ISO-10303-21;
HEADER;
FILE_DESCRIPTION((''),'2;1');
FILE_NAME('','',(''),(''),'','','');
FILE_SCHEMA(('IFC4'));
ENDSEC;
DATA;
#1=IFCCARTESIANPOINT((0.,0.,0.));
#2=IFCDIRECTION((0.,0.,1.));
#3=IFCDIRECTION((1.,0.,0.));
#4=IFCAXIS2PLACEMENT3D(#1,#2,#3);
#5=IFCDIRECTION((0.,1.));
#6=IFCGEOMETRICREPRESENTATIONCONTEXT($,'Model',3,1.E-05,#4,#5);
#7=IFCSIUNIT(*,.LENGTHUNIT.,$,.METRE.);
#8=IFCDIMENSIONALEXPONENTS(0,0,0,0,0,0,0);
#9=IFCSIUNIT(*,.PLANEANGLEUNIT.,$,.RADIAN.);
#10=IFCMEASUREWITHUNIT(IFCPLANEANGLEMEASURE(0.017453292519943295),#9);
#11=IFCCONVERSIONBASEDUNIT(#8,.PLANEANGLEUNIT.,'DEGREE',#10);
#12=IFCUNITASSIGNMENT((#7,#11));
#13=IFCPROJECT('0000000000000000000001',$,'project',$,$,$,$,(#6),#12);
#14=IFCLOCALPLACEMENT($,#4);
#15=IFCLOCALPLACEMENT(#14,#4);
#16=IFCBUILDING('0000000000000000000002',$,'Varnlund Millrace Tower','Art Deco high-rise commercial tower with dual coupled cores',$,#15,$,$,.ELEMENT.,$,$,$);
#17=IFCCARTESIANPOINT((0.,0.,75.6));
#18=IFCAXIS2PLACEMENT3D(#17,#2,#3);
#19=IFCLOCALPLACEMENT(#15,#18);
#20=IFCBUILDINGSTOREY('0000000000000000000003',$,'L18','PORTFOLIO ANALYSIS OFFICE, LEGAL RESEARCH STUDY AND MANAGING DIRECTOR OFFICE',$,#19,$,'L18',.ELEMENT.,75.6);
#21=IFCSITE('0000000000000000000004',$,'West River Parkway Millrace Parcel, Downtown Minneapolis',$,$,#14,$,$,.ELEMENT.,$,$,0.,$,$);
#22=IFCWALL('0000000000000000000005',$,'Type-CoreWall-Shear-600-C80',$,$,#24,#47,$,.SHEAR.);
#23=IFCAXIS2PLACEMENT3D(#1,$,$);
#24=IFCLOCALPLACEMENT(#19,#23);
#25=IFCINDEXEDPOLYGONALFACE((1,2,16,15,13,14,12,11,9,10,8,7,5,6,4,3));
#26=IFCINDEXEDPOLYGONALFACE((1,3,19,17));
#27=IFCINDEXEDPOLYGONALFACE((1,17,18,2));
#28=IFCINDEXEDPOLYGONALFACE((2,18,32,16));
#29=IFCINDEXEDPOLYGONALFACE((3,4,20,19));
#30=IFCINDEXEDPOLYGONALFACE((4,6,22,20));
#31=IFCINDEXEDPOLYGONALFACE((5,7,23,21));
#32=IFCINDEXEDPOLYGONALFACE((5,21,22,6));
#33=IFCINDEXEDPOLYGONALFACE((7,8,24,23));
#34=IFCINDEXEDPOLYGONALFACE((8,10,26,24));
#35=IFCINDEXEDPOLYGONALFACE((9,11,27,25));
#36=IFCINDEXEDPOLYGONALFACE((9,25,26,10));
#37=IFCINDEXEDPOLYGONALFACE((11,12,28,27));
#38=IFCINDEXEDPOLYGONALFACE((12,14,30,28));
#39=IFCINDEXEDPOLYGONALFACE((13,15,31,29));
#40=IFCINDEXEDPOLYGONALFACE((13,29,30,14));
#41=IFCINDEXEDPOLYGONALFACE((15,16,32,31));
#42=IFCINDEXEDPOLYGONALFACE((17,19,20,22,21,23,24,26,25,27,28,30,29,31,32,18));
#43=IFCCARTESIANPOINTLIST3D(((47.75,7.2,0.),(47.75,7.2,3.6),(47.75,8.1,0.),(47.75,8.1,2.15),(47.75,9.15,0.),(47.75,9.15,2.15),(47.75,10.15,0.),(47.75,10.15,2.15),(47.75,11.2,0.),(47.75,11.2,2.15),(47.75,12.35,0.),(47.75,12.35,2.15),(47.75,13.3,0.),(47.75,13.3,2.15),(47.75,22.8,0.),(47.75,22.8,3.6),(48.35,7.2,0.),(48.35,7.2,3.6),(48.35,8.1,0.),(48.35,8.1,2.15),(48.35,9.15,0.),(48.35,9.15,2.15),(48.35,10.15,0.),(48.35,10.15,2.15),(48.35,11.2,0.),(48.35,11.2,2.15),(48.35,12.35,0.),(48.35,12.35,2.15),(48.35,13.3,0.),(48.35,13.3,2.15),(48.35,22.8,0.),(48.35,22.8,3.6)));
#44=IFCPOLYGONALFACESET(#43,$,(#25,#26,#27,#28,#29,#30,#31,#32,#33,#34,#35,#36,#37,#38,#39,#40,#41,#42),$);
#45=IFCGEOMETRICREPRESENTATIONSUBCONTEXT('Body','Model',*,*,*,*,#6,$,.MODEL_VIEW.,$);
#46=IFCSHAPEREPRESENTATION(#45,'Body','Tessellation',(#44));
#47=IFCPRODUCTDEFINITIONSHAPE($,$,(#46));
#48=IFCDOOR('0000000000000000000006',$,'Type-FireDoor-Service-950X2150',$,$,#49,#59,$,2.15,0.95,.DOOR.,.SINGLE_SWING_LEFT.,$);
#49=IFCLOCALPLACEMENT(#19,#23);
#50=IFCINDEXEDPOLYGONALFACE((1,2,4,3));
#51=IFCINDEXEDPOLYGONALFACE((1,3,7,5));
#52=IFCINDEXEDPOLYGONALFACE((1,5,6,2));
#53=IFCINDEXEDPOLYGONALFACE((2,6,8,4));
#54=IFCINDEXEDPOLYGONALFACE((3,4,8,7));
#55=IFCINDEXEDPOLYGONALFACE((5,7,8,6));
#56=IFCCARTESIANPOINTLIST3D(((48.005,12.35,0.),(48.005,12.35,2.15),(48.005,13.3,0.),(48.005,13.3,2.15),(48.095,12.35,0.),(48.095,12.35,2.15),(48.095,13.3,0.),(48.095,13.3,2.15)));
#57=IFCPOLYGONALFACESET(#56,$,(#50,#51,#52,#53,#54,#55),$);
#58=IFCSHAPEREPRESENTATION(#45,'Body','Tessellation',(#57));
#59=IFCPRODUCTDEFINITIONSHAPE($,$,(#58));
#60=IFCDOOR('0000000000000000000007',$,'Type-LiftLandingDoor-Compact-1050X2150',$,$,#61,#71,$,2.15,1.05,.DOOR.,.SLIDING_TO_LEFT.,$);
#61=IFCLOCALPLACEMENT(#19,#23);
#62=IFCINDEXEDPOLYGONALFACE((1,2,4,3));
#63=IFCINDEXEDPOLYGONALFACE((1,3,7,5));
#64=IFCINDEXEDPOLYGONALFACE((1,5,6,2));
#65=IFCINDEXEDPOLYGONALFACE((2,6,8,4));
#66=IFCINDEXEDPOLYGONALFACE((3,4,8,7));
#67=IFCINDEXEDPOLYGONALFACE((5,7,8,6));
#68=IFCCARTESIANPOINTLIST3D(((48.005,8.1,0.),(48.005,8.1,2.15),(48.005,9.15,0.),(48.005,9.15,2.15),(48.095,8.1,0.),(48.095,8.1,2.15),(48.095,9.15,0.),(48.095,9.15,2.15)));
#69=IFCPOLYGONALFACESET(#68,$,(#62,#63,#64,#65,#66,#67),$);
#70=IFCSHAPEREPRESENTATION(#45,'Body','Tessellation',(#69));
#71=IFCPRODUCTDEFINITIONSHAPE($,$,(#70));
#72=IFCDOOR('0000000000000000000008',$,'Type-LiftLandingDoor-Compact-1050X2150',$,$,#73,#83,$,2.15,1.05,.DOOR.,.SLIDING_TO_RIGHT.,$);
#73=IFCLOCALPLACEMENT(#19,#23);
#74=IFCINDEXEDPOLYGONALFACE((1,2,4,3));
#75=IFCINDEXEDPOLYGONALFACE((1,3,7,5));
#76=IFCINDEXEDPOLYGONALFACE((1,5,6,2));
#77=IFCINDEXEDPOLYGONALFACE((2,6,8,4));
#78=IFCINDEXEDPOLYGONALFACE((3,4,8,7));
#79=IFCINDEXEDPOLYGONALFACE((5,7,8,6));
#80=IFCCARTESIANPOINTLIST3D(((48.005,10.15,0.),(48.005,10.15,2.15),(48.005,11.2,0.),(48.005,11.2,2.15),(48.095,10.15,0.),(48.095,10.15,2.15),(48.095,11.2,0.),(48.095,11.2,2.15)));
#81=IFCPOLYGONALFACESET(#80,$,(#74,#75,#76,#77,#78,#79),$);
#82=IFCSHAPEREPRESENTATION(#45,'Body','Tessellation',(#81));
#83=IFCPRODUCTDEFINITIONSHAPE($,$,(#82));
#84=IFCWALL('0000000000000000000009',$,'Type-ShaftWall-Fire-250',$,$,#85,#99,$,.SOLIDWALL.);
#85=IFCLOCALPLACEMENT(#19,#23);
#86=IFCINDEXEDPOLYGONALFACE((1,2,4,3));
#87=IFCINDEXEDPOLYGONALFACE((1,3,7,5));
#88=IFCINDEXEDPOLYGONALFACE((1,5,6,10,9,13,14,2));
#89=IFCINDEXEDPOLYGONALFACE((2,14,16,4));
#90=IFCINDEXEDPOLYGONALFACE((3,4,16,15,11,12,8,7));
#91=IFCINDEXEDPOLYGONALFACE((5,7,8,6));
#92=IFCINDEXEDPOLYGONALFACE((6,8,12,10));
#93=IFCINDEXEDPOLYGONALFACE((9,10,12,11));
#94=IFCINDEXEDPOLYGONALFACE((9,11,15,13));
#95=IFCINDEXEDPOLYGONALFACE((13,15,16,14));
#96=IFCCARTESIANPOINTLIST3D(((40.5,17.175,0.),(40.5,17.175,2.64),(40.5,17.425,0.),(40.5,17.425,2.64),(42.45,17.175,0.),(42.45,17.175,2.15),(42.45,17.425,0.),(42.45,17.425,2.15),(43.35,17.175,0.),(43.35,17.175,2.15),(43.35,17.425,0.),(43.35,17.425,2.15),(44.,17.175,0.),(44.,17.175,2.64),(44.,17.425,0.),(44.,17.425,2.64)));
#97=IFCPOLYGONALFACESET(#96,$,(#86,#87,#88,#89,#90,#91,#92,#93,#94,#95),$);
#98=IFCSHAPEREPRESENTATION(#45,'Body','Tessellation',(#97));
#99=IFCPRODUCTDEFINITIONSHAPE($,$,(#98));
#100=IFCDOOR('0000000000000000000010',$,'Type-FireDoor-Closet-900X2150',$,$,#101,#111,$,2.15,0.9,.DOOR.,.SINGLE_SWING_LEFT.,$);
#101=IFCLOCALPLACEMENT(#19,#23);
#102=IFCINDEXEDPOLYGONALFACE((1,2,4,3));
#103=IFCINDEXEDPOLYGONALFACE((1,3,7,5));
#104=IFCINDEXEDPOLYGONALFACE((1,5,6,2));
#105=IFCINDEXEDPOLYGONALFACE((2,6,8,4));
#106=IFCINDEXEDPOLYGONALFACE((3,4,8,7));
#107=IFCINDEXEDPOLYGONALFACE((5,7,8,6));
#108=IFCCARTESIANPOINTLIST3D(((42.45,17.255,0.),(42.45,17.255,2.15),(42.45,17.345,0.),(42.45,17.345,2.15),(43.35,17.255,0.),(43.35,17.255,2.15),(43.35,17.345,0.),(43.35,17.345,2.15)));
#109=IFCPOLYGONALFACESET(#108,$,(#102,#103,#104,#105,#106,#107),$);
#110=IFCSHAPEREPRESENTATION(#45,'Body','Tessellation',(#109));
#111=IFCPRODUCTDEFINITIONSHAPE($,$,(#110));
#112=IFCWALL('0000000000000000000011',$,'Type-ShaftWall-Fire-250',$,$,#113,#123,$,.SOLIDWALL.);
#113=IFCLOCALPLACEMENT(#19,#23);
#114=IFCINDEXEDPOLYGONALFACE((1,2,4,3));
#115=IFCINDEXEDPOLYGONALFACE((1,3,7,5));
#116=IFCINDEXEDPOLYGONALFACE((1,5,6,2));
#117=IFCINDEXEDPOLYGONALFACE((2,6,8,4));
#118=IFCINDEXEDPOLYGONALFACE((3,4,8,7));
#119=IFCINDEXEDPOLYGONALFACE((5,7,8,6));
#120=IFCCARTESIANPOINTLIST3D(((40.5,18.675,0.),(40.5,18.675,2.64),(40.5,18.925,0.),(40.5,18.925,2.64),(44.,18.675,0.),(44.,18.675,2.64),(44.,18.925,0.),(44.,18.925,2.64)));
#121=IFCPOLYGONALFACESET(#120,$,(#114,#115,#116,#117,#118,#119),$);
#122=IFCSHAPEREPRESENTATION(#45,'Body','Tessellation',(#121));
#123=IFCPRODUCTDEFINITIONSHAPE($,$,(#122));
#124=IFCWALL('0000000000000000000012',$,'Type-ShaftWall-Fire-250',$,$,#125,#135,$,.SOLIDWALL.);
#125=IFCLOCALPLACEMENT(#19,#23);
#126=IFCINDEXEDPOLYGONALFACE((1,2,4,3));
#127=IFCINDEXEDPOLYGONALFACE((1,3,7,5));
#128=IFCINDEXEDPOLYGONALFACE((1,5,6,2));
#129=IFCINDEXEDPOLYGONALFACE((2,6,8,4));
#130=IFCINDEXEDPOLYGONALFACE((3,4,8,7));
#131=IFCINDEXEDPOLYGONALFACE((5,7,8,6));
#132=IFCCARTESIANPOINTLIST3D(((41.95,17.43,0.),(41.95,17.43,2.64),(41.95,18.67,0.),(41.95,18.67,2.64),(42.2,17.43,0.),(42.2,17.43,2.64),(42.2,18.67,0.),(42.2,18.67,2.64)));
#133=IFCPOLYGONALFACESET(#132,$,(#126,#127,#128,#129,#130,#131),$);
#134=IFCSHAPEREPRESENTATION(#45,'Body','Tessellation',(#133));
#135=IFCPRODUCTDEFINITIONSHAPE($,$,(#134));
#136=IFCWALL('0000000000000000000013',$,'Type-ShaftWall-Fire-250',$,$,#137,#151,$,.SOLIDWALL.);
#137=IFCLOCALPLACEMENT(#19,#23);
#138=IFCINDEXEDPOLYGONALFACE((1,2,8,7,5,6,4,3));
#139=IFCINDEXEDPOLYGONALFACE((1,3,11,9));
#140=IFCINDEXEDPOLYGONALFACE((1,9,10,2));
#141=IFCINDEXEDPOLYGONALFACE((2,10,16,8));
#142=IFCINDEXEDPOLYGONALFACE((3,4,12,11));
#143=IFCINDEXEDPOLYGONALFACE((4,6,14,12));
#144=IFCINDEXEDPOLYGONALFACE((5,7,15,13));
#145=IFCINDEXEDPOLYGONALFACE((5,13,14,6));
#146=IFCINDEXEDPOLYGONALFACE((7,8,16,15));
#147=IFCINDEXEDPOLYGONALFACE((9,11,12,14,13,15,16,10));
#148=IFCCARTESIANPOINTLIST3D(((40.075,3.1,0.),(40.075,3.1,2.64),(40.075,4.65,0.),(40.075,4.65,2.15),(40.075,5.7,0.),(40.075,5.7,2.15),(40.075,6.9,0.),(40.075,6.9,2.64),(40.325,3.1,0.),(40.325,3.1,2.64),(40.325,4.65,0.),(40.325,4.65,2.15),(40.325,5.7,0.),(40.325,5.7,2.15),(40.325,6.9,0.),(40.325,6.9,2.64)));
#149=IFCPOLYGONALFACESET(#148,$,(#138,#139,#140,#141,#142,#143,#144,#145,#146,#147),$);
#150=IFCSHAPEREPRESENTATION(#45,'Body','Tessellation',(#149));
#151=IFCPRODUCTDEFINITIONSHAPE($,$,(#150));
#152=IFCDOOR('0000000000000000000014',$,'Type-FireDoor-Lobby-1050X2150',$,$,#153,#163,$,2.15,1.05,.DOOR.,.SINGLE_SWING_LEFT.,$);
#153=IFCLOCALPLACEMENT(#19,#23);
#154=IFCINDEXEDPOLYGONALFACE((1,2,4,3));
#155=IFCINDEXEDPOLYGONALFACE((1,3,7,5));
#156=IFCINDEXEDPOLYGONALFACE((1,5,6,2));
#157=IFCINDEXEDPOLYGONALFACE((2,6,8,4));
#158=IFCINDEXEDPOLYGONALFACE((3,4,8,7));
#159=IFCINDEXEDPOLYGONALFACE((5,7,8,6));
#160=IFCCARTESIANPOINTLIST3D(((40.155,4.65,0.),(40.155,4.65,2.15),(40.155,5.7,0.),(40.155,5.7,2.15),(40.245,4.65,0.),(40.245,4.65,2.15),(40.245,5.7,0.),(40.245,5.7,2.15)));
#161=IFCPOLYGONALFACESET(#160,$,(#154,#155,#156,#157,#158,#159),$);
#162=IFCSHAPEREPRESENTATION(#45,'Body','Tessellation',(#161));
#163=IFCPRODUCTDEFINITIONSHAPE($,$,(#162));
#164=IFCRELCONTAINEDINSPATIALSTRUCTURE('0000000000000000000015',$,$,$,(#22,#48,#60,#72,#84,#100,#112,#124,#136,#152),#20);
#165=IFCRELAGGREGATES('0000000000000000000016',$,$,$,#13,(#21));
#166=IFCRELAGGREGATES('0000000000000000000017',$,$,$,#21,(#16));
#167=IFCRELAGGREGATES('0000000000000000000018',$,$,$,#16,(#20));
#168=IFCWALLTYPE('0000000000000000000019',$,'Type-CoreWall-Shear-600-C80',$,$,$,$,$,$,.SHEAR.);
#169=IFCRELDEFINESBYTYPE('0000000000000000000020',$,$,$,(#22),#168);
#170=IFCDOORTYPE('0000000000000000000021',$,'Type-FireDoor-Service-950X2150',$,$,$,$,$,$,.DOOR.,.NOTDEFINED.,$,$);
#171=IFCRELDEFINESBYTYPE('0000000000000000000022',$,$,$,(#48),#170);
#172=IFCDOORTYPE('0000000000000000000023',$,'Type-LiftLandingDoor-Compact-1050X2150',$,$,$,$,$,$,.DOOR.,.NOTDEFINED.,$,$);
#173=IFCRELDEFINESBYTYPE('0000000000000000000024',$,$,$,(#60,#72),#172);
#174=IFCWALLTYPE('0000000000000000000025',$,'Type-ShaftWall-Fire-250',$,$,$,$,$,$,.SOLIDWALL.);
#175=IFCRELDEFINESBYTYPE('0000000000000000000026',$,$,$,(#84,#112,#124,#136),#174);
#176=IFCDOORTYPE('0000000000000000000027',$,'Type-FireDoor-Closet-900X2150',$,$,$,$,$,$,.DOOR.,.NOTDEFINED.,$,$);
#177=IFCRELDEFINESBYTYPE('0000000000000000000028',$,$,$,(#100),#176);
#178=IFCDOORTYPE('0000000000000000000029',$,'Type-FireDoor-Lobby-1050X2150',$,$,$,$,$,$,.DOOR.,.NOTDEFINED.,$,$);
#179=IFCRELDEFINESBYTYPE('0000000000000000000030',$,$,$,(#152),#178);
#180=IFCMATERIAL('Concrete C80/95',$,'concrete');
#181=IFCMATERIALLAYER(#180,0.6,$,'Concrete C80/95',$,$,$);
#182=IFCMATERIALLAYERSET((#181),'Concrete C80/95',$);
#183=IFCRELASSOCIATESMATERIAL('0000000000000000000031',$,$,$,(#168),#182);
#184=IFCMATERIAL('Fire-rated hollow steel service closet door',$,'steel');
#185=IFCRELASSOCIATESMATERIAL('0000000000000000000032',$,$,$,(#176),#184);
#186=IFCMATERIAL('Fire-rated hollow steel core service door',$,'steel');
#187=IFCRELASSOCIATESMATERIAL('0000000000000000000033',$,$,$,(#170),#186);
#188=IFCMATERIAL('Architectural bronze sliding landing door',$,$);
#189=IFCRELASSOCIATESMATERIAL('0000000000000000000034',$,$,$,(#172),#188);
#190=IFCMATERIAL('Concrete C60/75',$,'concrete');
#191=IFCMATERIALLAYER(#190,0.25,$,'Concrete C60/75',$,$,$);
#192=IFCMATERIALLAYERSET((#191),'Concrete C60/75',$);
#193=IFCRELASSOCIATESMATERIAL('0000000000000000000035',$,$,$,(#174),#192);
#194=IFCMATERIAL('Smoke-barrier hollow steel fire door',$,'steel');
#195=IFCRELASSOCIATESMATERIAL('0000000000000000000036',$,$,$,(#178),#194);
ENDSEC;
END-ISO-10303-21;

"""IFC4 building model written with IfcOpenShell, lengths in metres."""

from ifc_helpers import new_model, entity, si_unit, converted_unit, direction, frame, origin_with_axes, origin_2d_with_axis, place, context, subcontext, project, spatial, polyline, rectangle, outline, extrude, material, layer, layer_set, type_object, element, fill, save


model = new_model("IFC4")

# Units and contexts
model_context = context("Model", 3, precision=1e-05, world=origin_with_axes(), true_north=direction((0.0, 1.0)))
body_context = subcontext(model_context, "Body", "Model", "MODEL_VIEW")
ifc_project = project(units=[si_unit("LENGTHUNIT", "METRE"), converted_unit("PLANEANGLEUNIT", "DEGREE", entity("IfcPlaneAngleMeasure", 0.017453292519943295), si_unit("PLANEANGLEUNIT", "RADIAN"), dimensions=[0, 0, 0, 0, 0, 0, 0])], contexts=[model_context])

# Site, building, storey
site_placement = place(None, origin_with_axes())
site = spatial("IfcSite", under=ifc_project, at=site_placement, Name="West River Parkway Millrace Parcel, Downtown Minneapolis", CompositionType="ELEMENT", RefElevation=0.0)
building_placement = place(site_placement, origin_with_axes())
building = spatial("IfcBuilding", under=site, at=building_placement, Name="Varnlund Millrace Tower", Description="Art Deco high-rise commercial tower with dual coupled cores", CompositionType="ELEMENT")
storey_placement = place(building_placement, frame((0.0, 0.0, 75.6), z_axis=(0.0, 0.0, 1.0), x_axis=(1.0, 0.0, 0.0)))
storey = spatial("IfcBuildingStorey", under=building, at=storey_placement, Name="L18", Description="PORTFOLIO ANALYSIS OFFICE, LEGAL RESEARCH STUDY AND MANAGING DIRECTOR OFFICE", LongName="L18", CompositionType="ELEMENT", Elevation=75.6)

# Shared definitions
ifc_material_1 = material(Name="Concrete C80/95", Category="concrete")

# Shared definitions
ifc_layer_1 = layer(ifc_material_1, 0.6, Name="Concrete C80/95")
ifc_layer_set_1 = layer_set([ifc_layer_1], Name="Concrete C80/95")
wall_type_1 = type_object("IfcWallType", Name="Type-CoreWall-Shear-600-C80", PredefinedType="SHEAR", material=ifc_layer_set_1)
ifc_material_2 = material(Name="Fire-rated hollow steel service closet door", Category="steel")
door_type_1 = type_object("IfcDoorType", Name="Type-FireDoor-Closet-900X2150", OperationType="NOTDEFINED", PredefinedType="DOOR", material=ifc_material_2)

# Wall, openings, doors
wall_1_placement = place(storey_placement, frame((48.05, 7.2, 0.0), z_axis=(0.0, 0.0, 1.0), x_axis=(0.0, 1.0, 0.0)))
wall_1 = element("IfcWall", 1, at=wall_1_placement, inside=storey, type_object=wall_type_1, Name="Type-CoreWall-Shear-600-C80", PredefinedType="SHEAR", context=body_context, shape_type="SweptSolid", body=[
    extrude(outline(polyline([(0.0, -0.3), (15.6, -0.3), (15.6, 0.3), (0.0, 0.3), (0.0, -0.3)])), origin_with_axes(), (0.0, 0.0, 1.0), 3.6),
])
opening_1_placement = place(wall_1_placement, frame((1.425, 0.0, 0.0), z_axis=(0.0, 0.0, 1.0), x_axis=(1.0, 0.0, 0.0)))
opening_1 = element("IfcOpeningElement", 2, at=opening_1_placement, cuts=wall_1, PredefinedType="OPENING", context=body_context, shape_type="SweptSolid", body=[
    extrude(rectangle(XDim=1.05, YDim=0.62, at=origin_2d_with_axis()), origin_with_axes(), (0.0, 0.0, 1.0), 2.15),
])
opening_2_placement = place(wall_1_placement, frame((3.475, 0.0, 0.0), z_axis=(0.0, 0.0, 1.0), x_axis=(1.0, 0.0, 0.0)))
opening_2 = element("IfcOpeningElement", 3, at=opening_2_placement, cuts=wall_1, PredefinedType="OPENING", context=body_context, shape_type="SweptSolid", body=[
    extrude(rectangle(XDim=1.05, YDim=0.62, at=origin_2d_with_axis()), origin_with_axes(), (0.0, 0.0, 1.0), 2.15),
])
opening_3_placement = place(wall_1_placement, frame((5.625, 0.0, 0.0), z_axis=(0.0, 0.0, 1.0), x_axis=(1.0, 0.0, 0.0)))
opening_3 = element("IfcOpeningElement", 4, at=opening_3_placement, cuts=wall_1, PredefinedType="OPENING", context=body_context, shape_type="SweptSolid", body=[
    extrude(rectangle(XDim=0.95, YDim=0.62, at=origin_2d_with_axis()), origin_with_axes(), (0.0, 0.0, 1.0), 2.15),
])
ifc_material_3 = material(Name="Fire-rated hollow steel core service door", Category="steel")
door_type_2 = type_object("IfcDoorType", Name="Type-FireDoor-Service-950X2150", OperationType="NOTDEFINED", PredefinedType="DOOR", material=ifc_material_3)
door_1_placement = place(wall_1_placement, frame((5.625, 0.0, 0.0), z_axis=(0.0, 0.0, 1.0), x_axis=(1.0, 0.0, 0.0)))
door_1 = element("IfcDoor", 5, at=door_1_placement, inside=storey, type_object=door_type_2, Name="Type-FireDoor-Service-950X2150", OperationType="SINGLE_SWING_LEFT", OverallHeight=2.15, OverallWidth=0.95, PredefinedType="DOOR", context=body_context, shape_type="SweptSolid", body=[
    extrude(rectangle(XDim=0.95, YDim=0.09, at=origin_2d_with_axis()), origin_with_axes(), (0.0, 0.0, 1.0), 2.15),
])
fill(opening_3, door_1)
ifc_material_4 = material(Name="Architectural bronze sliding landing door")
door_type_3 = type_object("IfcDoorType", Name="Type-LiftLandingDoor-Compact-1050X2150", OperationType="NOTDEFINED", PredefinedType="DOOR", material=ifc_material_4)
door_2_placement = place(wall_1_placement, frame((1.425, 0.0, 0.0), z_axis=(0.0, 0.0, 1.0), x_axis=(1.0, 0.0, 0.0)))
door_2 = element("IfcDoor", 6, at=door_2_placement, inside=storey, type_object=door_type_3, Name="Type-LiftLandingDoor-Compact-1050X2150", OperationType="SLIDING_TO_LEFT", OverallHeight=2.15, OverallWidth=1.05, PredefinedType="DOOR", context=body_context, shape_type="SweptSolid", body=[
    extrude(rectangle(XDim=1.05, YDim=0.09, at=origin_2d_with_axis()), origin_with_axes(), (0.0, 0.0, 1.0), 2.15),
])
fill(opening_1, door_2)
door_3_placement = place(wall_1_placement, frame((3.475, 0.0, 0.0), z_axis=(0.0, 0.0, 1.0), x_axis=(1.0, 0.0, 0.0)))
door_3 = element("IfcDoor", 7, at=door_3_placement, inside=storey, type_object=door_type_3, Name="Type-LiftLandingDoor-Compact-1050X2150", OperationType="SLIDING_TO_RIGHT", OverallHeight=2.15, OverallWidth=1.05, PredefinedType="DOOR", context=body_context, shape_type="SweptSolid", body=[
    extrude(rectangle(XDim=1.05, YDim=0.09, at=origin_2d_with_axis()), origin_with_axes(), (0.0, 0.0, 1.0), 2.15),
])
fill(opening_2, door_3)

# Wall, opening, door
ifc_material_5 = material(Name="Concrete C60/75", Category="concrete")
ifc_layer_2 = layer(ifc_material_5, 0.25, Name="Concrete C60/75")
ifc_layer_set_2 = layer_set([ifc_layer_2], Name="Concrete C60/75")
wall_type_2 = type_object("IfcWallType", Name="Type-ShaftWall-Fire-250", PredefinedType="SOLIDWALL", material=ifc_layer_set_2)
wall_2_placement = place(storey_placement, frame((40.5, 17.3, 0.0), z_axis=(0.0, 0.0, 1.0), x_axis=(1.0, 0.0, 0.0)))
wall_2 = element("IfcWall", 8, at=wall_2_placement, inside=storey, type_object=wall_type_2, Name="Type-ShaftWall-Fire-250", PredefinedType="SOLIDWALL", context=body_context, shape_type="SweptSolid", body=[
    extrude(outline(polyline([(0.0, -0.125), (3.5, -0.125), (3.5, 0.125), (0.0, 0.125), (0.0, -0.125)])), origin_with_axes(), (0.0, 0.0, 1.0), 2.64),
])
opening_4_placement = place(wall_2_placement, frame((2.4, 0.0, 0.0), z_axis=(0.0, 0.0, 1.0), x_axis=(1.0, 0.0, 0.0)))
opening_4 = element("IfcOpeningElement", 9, at=opening_4_placement, cuts=wall_2, PredefinedType="OPENING", context=body_context, shape_type="SweptSolid", body=[
    extrude(rectangle(XDim=0.9, YDim=0.27, at=origin_2d_with_axis()), origin_with_axes(), (0.0, 0.0, 1.0), 2.15),
])
door_4_placement = place(wall_2_placement, frame((2.4, 0.0, 0.0), z_axis=(0.0, 0.0, 1.0), x_axis=(1.0, 0.0, 0.0)))
door_4 = element("IfcDoor", 10, at=door_4_placement, inside=storey, type_object=door_type_1, Name="Type-FireDoor-Closet-900X2150", OperationType="SINGLE_SWING_LEFT", OverallHeight=2.15, OverallWidth=0.9, PredefinedType="DOOR", context=body_context, shape_type="SweptSolid", body=[
    extrude(rectangle(XDim=0.9, YDim=0.09, at=origin_2d_with_axis()), origin_with_axes(), (0.0, 0.0, 1.0), 2.15),
])
fill(opening_4, door_4)

# Walls
wall_3_placement = place(storey_placement, frame((40.5, 18.8, 0.0), z_axis=(0.0, 0.0, 1.0), x_axis=(1.0, 0.0, 0.0)))
element("IfcWall", 11, at=wall_3_placement, inside=storey, type_object=wall_type_2, Name="Type-ShaftWall-Fire-250", PredefinedType="SOLIDWALL", context=body_context, shape_type="SweptSolid", body=[
    extrude(outline(polyline([(0.0, -0.125), (3.5, -0.125), (3.5, 0.125), (0.0, 0.125), (0.0, -0.125)])), origin_with_axes(), (0.0, 0.0, 1.0), 2.64),
])
wall_4_placement = place(storey_placement, frame((42.075, 17.43, 0.0), z_axis=(0.0, 0.0, 1.0), x_axis=(0.0, 1.0, 0.0)))
element("IfcWall", 12, at=wall_4_placement, inside=storey, type_object=wall_type_2, Name="Type-ShaftWall-Fire-250", PredefinedType="SOLIDWALL", context=body_context, shape_type="SweptSolid", body=[
    extrude(outline(polyline([(0.0, -0.125), (1.24, -0.125), (1.24, 0.125), (0.0, 0.125), (0.0, -0.125)])), origin_with_axes(), (0.0, 0.0, 1.0), 2.64),
])

# Wall, opening, door
wall_5_placement = place(storey_placement, frame((40.2, 3.1, 0.0), z_axis=(0.0, 0.0, 1.0), x_axis=(0.0, 1.0, 0.0)))
wall_5 = element("IfcWall", 13, at=wall_5_placement, inside=storey, type_object=wall_type_2, Name="Type-ShaftWall-Fire-250", PredefinedType="SOLIDWALL", context=body_context, shape_type="SweptSolid", body=[
    extrude(outline(polyline([(0.0, -0.125), (3.8, -0.125), (3.8, 0.125), (0.0, 0.125), (0.0, -0.125)])), origin_with_axes(), (0.0, 0.0, 1.0), 2.64),
])
opening_5_placement = place(wall_5_placement, frame((2.075, 0.0, 0.0), z_axis=(0.0, 0.0, 1.0), x_axis=(1.0, 0.0, 0.0)))
opening_5 = element("IfcOpeningElement", 14, at=opening_5_placement, cuts=wall_5, PredefinedType="OPENING", context=body_context, shape_type="SweptSolid", body=[
    extrude(rectangle(XDim=1.05, YDim=0.27, at=origin_2d_with_axis()), origin_with_axes(), (0.0, 0.0, 1.0), 2.15),
])
ifc_material_6 = material(Name="Smoke-barrier hollow steel fire door", Category="steel")
door_type_4 = type_object("IfcDoorType", Name="Type-FireDoor-Lobby-1050X2150", OperationType="NOTDEFINED", PredefinedType="DOOR", material=ifc_material_6)
door_5_placement = place(wall_5_placement, frame((2.075, 0.0, 0.0), z_axis=(0.0, 0.0, 1.0), x_axis=(1.0, 0.0, 0.0)))
door_5 = element("IfcDoor", 15, at=door_5_placement, inside=storey, type_object=door_type_4, Name="Type-FireDoor-Lobby-1050X2150", OperationType="SINGLE_SWING_LEFT", OverallHeight=2.15, OverallWidth=1.05, PredefinedType="DOOR", context=body_context, shape_type="SweptSolid", body=[
    extrude(rectangle(XDim=1.05, YDim=0.09, at=origin_2d_with_axis()), origin_with_axes(), (0.0, 0.0, 1.0), 2.15),
])
fill(opening_5, door_5)

save(model, "model.ifc")
